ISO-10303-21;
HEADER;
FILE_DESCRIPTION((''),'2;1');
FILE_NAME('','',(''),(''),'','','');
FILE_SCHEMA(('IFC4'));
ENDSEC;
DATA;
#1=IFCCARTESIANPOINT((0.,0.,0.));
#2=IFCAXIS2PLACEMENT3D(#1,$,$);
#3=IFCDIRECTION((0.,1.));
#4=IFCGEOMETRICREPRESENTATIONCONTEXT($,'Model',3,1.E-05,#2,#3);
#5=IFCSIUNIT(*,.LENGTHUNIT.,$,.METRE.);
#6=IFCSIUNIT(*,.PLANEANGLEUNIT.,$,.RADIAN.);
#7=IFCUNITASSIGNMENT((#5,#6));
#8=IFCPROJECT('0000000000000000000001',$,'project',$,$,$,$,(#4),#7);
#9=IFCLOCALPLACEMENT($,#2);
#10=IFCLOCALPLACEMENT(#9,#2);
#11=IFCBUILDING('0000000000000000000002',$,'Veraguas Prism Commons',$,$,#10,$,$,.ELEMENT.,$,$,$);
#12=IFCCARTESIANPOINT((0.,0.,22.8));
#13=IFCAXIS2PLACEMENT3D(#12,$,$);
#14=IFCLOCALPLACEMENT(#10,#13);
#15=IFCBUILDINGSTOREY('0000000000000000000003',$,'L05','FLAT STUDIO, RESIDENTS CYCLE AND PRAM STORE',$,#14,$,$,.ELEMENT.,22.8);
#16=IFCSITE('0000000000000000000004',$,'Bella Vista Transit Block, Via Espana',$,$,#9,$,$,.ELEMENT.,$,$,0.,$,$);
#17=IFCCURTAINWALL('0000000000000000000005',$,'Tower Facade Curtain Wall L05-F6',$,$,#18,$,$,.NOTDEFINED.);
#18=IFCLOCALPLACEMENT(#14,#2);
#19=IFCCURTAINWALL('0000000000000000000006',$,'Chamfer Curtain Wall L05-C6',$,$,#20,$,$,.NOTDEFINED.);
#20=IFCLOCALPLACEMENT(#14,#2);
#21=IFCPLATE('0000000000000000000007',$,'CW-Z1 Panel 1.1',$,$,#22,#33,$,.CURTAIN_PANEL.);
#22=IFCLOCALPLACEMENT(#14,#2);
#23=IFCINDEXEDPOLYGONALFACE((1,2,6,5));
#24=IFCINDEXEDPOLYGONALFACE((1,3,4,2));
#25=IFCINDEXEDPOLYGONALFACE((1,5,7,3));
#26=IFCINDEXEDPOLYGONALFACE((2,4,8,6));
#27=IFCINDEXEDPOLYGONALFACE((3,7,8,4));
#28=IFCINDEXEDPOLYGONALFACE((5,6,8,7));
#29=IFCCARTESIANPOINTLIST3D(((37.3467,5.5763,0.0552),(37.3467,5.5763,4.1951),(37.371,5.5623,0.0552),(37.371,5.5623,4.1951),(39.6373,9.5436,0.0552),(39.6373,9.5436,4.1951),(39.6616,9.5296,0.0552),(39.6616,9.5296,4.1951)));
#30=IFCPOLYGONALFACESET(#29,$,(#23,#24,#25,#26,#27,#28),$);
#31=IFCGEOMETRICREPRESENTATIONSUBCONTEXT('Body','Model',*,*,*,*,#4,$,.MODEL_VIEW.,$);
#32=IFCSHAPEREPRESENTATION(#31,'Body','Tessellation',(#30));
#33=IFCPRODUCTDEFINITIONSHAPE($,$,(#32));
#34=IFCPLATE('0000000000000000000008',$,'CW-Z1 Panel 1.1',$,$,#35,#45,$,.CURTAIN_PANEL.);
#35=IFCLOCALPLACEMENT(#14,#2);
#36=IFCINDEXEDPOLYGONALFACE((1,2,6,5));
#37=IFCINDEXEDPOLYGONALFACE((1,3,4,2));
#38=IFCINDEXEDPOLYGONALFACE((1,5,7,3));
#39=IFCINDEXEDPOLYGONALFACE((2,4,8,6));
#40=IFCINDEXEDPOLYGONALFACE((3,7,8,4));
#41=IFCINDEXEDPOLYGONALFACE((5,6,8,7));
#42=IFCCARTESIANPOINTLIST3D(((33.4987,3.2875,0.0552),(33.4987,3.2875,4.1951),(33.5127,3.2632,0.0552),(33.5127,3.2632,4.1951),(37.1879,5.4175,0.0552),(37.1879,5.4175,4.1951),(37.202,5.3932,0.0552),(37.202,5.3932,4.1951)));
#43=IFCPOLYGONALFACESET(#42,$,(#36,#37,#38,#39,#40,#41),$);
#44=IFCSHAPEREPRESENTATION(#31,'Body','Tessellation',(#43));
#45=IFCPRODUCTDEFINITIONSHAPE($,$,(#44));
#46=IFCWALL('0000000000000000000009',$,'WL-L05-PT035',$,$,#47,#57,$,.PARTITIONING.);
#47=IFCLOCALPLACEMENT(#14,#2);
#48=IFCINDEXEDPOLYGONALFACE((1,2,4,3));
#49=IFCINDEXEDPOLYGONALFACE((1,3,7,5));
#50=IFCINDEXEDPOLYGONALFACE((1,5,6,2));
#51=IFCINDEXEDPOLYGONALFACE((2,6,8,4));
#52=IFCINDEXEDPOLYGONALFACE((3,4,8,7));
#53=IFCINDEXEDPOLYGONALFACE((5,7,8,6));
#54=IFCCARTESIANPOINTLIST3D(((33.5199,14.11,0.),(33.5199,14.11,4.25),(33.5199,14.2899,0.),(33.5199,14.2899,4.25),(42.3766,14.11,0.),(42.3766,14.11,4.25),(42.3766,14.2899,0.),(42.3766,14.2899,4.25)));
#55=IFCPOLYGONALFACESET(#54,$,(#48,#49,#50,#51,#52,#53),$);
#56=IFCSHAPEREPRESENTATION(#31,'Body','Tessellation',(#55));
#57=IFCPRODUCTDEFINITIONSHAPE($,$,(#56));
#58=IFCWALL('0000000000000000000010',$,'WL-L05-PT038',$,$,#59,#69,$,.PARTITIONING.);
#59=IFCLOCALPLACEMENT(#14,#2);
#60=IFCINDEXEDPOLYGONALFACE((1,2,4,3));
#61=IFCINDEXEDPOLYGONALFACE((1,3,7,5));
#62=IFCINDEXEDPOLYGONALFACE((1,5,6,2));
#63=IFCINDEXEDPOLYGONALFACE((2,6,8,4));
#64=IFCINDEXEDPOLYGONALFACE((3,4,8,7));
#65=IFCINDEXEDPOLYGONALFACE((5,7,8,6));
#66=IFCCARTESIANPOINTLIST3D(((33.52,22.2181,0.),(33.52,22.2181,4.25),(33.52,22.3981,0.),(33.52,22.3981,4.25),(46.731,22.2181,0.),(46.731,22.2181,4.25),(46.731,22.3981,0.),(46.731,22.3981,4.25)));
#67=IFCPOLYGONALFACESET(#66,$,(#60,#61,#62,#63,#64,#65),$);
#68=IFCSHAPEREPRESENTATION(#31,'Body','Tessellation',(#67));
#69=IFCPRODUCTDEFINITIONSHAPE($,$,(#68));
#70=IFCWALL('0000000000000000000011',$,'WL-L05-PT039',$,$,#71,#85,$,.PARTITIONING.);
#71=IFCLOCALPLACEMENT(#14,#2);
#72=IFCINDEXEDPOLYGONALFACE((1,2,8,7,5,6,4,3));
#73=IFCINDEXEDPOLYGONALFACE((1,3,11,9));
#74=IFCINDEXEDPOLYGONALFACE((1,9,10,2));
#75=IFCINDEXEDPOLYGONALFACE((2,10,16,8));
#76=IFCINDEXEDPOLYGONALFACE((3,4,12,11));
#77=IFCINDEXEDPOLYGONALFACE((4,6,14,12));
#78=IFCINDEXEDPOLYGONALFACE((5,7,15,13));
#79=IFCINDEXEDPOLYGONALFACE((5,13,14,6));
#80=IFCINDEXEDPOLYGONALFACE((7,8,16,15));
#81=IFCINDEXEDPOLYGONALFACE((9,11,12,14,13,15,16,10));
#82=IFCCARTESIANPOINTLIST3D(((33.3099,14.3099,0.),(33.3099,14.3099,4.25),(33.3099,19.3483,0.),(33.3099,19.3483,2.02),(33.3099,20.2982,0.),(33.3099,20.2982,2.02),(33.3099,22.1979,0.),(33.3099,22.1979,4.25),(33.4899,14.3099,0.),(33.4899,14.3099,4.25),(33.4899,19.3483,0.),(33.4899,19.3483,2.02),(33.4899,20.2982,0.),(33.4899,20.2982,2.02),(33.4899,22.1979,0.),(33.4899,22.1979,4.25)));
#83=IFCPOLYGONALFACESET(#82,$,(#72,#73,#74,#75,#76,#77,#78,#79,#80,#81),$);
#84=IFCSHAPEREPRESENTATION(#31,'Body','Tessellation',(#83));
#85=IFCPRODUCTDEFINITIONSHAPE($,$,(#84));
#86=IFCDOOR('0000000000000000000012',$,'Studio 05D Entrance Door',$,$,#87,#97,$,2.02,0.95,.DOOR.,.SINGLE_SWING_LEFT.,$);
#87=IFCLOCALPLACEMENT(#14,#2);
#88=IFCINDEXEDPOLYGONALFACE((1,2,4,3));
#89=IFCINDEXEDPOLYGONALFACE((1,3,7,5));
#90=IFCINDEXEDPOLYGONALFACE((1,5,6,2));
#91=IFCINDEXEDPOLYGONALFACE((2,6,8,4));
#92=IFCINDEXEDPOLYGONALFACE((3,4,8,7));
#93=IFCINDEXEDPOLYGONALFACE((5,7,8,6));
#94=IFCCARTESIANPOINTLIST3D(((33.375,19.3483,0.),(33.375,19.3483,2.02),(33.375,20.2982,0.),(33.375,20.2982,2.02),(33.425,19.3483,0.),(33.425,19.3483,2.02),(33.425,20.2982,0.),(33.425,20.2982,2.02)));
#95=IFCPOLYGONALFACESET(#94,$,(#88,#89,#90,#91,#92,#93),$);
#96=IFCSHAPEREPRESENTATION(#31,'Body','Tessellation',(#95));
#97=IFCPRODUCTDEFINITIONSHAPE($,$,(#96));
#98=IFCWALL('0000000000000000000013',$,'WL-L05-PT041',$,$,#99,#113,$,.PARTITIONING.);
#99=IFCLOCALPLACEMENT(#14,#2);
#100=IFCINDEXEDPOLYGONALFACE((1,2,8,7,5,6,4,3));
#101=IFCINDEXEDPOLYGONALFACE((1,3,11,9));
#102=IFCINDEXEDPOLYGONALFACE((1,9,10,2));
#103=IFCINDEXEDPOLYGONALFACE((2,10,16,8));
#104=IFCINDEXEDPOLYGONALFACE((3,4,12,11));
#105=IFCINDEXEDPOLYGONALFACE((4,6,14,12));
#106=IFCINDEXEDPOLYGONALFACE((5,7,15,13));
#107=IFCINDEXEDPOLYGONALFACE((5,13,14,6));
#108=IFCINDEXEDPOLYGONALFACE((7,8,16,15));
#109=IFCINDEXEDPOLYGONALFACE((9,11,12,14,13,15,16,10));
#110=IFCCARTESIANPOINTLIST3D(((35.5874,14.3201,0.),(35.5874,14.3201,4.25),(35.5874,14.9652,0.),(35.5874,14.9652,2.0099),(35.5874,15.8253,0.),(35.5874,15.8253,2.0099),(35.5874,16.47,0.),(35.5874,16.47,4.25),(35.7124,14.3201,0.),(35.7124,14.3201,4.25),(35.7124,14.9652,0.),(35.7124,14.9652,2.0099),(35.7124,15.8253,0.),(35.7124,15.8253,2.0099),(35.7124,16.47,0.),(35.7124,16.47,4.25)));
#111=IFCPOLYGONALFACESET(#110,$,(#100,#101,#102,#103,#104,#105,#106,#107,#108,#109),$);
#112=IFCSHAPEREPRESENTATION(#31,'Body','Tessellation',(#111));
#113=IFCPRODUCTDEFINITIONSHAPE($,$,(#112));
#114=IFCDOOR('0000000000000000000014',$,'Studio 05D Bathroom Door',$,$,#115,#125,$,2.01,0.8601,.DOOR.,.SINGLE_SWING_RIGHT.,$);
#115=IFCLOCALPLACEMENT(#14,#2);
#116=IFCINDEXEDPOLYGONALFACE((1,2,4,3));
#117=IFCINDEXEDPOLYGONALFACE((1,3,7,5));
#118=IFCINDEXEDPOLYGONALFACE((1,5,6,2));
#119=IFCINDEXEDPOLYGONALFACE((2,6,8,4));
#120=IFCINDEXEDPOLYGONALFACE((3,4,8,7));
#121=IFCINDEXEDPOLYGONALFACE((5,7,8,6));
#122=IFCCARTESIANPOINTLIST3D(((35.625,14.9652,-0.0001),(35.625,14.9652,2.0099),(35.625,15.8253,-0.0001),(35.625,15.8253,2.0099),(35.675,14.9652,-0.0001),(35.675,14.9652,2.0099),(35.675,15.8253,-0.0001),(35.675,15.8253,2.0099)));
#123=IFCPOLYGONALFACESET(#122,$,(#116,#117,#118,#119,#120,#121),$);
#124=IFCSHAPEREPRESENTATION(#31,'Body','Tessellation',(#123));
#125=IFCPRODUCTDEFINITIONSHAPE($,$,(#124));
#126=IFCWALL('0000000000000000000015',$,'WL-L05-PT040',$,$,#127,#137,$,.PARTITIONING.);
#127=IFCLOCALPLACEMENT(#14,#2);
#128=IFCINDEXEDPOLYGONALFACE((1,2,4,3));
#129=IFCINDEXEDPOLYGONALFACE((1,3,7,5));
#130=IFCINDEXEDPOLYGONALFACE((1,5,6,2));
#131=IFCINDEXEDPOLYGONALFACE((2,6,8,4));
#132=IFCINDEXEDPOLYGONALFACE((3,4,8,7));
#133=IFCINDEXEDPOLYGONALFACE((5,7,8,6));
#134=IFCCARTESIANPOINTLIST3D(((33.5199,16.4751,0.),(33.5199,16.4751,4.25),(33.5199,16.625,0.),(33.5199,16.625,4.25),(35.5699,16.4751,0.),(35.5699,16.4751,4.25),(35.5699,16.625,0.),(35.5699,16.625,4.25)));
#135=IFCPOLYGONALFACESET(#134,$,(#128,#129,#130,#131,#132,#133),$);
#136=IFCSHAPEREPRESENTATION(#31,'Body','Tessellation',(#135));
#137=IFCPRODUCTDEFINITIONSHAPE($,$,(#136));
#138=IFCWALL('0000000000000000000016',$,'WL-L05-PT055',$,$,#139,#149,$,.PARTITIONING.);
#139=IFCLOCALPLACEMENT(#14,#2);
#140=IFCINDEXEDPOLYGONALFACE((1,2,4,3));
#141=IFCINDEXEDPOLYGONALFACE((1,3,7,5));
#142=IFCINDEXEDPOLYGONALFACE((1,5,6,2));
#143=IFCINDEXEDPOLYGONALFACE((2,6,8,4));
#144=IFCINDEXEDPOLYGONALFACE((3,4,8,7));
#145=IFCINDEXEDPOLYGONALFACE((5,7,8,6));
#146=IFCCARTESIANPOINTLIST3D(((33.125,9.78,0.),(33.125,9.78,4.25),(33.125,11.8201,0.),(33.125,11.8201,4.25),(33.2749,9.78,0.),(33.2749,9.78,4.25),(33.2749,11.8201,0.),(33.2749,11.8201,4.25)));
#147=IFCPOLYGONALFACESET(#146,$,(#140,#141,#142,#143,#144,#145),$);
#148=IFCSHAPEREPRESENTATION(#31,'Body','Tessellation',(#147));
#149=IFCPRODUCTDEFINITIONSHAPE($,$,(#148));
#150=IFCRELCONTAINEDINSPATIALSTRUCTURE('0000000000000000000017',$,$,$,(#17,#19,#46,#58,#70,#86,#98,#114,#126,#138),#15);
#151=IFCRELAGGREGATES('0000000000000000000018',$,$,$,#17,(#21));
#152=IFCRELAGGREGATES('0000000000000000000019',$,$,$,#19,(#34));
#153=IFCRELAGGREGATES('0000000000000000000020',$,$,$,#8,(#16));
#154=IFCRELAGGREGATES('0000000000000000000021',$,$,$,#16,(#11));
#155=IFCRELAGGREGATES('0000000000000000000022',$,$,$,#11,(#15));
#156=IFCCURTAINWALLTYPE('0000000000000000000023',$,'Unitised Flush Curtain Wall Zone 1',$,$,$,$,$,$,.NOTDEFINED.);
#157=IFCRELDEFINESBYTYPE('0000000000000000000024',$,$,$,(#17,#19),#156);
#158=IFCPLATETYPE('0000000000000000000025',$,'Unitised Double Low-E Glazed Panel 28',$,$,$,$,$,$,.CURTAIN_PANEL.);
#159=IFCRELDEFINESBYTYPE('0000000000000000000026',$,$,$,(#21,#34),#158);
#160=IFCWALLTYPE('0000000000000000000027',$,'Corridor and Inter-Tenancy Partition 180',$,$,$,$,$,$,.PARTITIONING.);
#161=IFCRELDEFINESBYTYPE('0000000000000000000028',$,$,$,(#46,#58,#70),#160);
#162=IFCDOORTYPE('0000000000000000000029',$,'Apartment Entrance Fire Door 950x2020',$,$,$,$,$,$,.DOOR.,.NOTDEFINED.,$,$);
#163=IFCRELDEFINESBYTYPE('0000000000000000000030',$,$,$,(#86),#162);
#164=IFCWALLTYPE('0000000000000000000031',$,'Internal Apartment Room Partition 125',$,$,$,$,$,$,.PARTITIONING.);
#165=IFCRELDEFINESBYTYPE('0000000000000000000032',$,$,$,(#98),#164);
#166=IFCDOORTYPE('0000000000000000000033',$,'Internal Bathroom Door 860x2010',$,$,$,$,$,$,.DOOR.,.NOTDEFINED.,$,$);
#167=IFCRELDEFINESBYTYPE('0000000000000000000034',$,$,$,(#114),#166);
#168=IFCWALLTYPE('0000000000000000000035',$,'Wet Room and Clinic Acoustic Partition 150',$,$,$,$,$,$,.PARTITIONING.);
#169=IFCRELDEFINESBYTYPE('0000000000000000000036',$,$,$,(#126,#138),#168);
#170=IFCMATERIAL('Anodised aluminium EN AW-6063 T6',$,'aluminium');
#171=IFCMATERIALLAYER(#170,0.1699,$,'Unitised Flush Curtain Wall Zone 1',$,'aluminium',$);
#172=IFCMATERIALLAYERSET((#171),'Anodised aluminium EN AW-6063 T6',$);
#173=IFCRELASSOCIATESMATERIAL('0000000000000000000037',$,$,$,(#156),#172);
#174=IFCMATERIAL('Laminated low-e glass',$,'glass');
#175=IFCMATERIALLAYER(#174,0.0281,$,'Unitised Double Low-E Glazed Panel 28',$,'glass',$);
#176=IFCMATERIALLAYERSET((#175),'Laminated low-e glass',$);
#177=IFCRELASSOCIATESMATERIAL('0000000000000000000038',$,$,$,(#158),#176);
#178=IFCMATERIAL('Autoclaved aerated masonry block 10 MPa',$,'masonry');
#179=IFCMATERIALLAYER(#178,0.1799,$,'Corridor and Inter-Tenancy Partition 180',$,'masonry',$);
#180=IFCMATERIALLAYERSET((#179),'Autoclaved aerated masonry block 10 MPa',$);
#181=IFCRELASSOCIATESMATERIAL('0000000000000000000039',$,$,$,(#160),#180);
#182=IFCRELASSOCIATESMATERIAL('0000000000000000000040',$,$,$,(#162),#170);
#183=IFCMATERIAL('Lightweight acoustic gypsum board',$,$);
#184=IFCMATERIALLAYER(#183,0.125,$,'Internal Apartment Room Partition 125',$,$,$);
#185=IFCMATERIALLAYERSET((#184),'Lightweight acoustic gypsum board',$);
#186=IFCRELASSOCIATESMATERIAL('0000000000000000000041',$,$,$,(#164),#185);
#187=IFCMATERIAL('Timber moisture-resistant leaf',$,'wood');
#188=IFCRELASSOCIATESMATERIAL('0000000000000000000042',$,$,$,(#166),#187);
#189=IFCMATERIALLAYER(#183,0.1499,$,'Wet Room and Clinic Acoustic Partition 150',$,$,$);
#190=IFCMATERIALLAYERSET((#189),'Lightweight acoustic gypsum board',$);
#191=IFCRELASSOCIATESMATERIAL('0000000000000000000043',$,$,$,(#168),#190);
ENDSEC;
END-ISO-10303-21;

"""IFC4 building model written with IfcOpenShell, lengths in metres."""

from ifc_helpers import new_model, si_unit, direction, frame, frame_2d, origin, origin_2d, place, context, subcontext, project, spatial, rectangle, extrude, source, transform, mapped, material, layer, layer_set, type_object, element, fill, aggregate, save


model = new_model("IFC4")

# Units and contexts
model_context = context("Model", 3, precision=1e-05, world=origin(), true_north=direction((0.0, 1.0)))
body_context = subcontext(model_context, "Body", "Model", "MODEL_VIEW")
ifc_project = project(units=[si_unit("LENGTHUNIT", "METRE"), si_unit("PLANEANGLEUNIT", "RADIAN")], contexts=[model_context])

# Site, building, storey
site_placement = place(None, origin())
site = spatial("IfcSite", under=ifc_project, at=site_placement, Name="Bella Vista Transit Block, Via Espana", CompositionType="ELEMENT", RefElevation=0.0)
building_placement = place(site_placement, origin())
building = spatial("IfcBuilding", under=site, at=building_placement, Name="Veraguas Prism Commons", CompositionType="ELEMENT")
storey_placement = place(building_placement, frame((0.0, 0.0, 22.8)))
storey = spatial("IfcBuildingStorey", under=building, at=storey_placement, Name="L05", Description="FLAT STUDIO, RESIDENTS CYCLE AND PRAM STORE", CompositionType="ELEMENT", Elevation=22.8)

# Curtain wall
ifc_material_1 = material(Name="Anodised aluminium EN AW-6063 T6", Category="aluminium")
ifc_layer_1 = layer(ifc_material_1, 0.1699, Name="Unitised Flush Curtain Wall Zone 1", Category="aluminium")
ifc_layer_set_1 = layer_set([ifc_layer_1], Name="Anodised aluminium EN AW-6063 T6")
curtain_wall_type = type_object("IfcCurtainWallType", Name="Unitised Flush Curtain Wall Zone 1", PredefinedType="NOTDEFINED", material=ifc_layer_set_1)
curtain_wall_1_placement = place(storey_placement, origin())
curtain_wall_1 = element("IfcCurtainWall", 1, at=curtain_wall_1_placement, inside=storey, type_object=curtain_wall_type, Name="Tower Facade Curtain Wall L05-F6", PredefinedType="NOTDEFINED")

# Curtain wall
curtain_wall_2_placement = place(storey_placement, origin())
curtain_wall_2 = element("IfcCurtainWall", 2, at=curtain_wall_2_placement, inside=storey, type_object=curtain_wall_type, Name="Chamfer Curtain Wall L05-C6", PredefinedType="NOTDEFINED")

# Plates
ifc_material_2 = material(Name="Laminated low-e glass", Category="glass")
ifc_layer_2 = layer(ifc_material_2, 0.0281, Name="Unitised Double Low-E Glazed Panel 28", Category="glass")
ifc_layer_set_2 = layer_set([ifc_layer_2], Name="Laminated low-e glass")
plate_type = type_object("IfcPlateType", Name="Unitised Double Low-E Glazed Panel 28", PredefinedType="CURTAIN_PANEL", material=ifc_layer_set_2)
shared_shape_1 = source(origin(), body_context, "Body", "SweptSolid", [
    extrude(rectangle(XDim=4.5811, YDim=0.0281, at=origin_2d()), origin(), (0.0, 0.0, 1.0), 4.1399),
])
plate_1_placement = place(storey_placement, frame((38.5042, 7.553, 0.0552), z_axis=(0.0, 0.0, 1.0), x_axis=(0.500005, 0.866023, 0.0)))
plate_1 = element("IfcPlate", 3, at=plate_1_placement, type_object=plate_type, Name="CW-Z1 Panel 1.1", PredefinedType="CURTAIN_PANEL", context=body_context, shape_type="MappedRepresentation", body=[
    mapped(shared_shape_1, transform((0.0, 0.0, 0.0), scale=1.0)),
])
aggregate(curtain_wall_1, [plate_1])
shared_shape_2 = source(origin(), body_context, "Body", "SweptSolid", [
    extrude(rectangle(XDim=4.26, YDim=0.0281, at=origin_2d()), origin(), (0.0, 0.0, 1.0), 4.1399),
])
plate_2_placement = place(storey_placement, frame((35.3503, 4.3403, 0.0552), z_axis=(0.0, 0.0, 1.0), x_axis=(0.86602, 0.500009, 0.0)))
plate_2 = element("IfcPlate", 4, at=plate_2_placement, type_object=plate_type, Name="CW-Z1 Panel 1.1", PredefinedType="CURTAIN_PANEL", context=body_context, shape_type="MappedRepresentation", body=[
    mapped(shared_shape_2, transform((0.0, 0.0, 0.0), scale=1.0)),
])
aggregate(curtain_wall_2, [plate_2])

# Walls
ifc_material_3 = material(Name="Autoclaved aerated masonry block 10 MPa", Category="masonry")
ifc_layer_3 = layer(ifc_material_3, 0.1799, Name="Corridor and Inter-Tenancy Partition 180", Category="masonry")
ifc_layer_set_3 = layer_set([ifc_layer_3], Name="Autoclaved aerated masonry block 10 MPa")
wall_type_1 = type_object("IfcWallType", Name="Corridor and Inter-Tenancy Partition 180", PredefinedType="PARTITIONING", material=ifc_layer_set_3)
wall_1_placement = place(storey_placement, frame((33.52, 14.2, 0.0), z_axis=(0.0, 0.0, 1.0), x_axis=(1.0, 0.0, 0.0)))
element("IfcWall", 5, at=wall_1_placement, inside=storey, type_object=wall_type_1, Name="WL-L05-PT035", PredefinedType="PARTITIONING", context=body_context, shape_type="SweptSolid", body=[
    extrude(rectangle(XDim=8.8567, YDim=0.1799, at=frame_2d((4.4282, 0.0))), origin(), (0.0, 0.0, 1.0), 4.25),
])
wall_2_placement = place(storey_placement, frame((33.52, 22.3081, 0.0), z_axis=(0.0, 0.0, 1.0), x_axis=(1.0, 0.0, 0.0)))
element("IfcWall", 6, at=wall_2_placement, inside=storey, type_object=wall_type_1, Name="WL-L05-PT038", PredefinedType="PARTITIONING", context=body_context, shape_type="SweptSolid", body=[
    extrude(rectangle(XDim=13.2109, YDim=0.1799, at=frame_2d((6.6055, 0.0))), origin(), (0.0, 0.0, 1.0), 4.25),
])

# Walls, openings, doors
wall_3_placement = place(storey_placement, frame((33.3999, 14.3101, 0.0), z_axis=(0.0, 0.0, 1.0), x_axis=(0.0, 1.0, 0.0)))
wall_3 = element("IfcWall", 7, at=wall_3_placement, inside=storey, type_object=wall_type_1, Name="WL-L05-PT039", PredefinedType="PARTITIONING", context=body_context, shape_type="SweptSolid", body=[
    extrude(rectangle(XDim=7.8879, YDim=0.1799, at=frame_2d((3.9438, 0.0))), origin(), (0.0, 0.0, 1.0), 4.25),
])
opening_1_placement = place(wall_3_placement, frame((5.0381, 0.0, 0.0)))
opening_1 = element("IfcOpeningElement", 8, at=opening_1_placement, cuts=wall_3, PredefinedType="OPENING", context=body_context, shape_type="SweptSolid", body=[
    extrude(rectangle(XDim=0.95, YDim=2.02, at=frame_2d((0.4751, 1.01))), frame((0.0, 0.0999, 0.0), z_axis=(0.0, -1.0, 0.0), x_axis=(1.0, 0.0, 0.0)), (0.0, 0.0, 1.0), 0.2),
])
door_type_1 = type_object("IfcDoorType", Name="Apartment Entrance Fire Door 950x2020", OperationType="NOTDEFINED", PredefinedType="DOOR", material=ifc_material_1)
shared_shape_3 = source(origin(), body_context, "Body", "SweptSolid", [
    extrude(rectangle(XDim=0.95, YDim=2.02, at=frame_2d((0.4751, 1.01))), frame((0.0, 0.0249, 0.0), z_axis=(0.0, -1.0, 0.0), x_axis=(1.0, 0.0, 0.0)), (0.0, 0.0, 1.0), 0.05),
])
door_1_placement = place(opening_1_placement, origin())
door_1 = element("IfcDoor", 9, at=door_1_placement, inside=storey, type_object=door_type_1, Name="Studio 05D Entrance Door", OperationType="SINGLE_SWING_LEFT", OverallHeight=2.02, OverallWidth=0.95, PredefinedType="DOOR", context=body_context, shape_type="MappedRepresentation", body=[
    mapped(shared_shape_3, transform((0.0, 0.0, 0.0), scale=1.0)),
])
fill(opening_1, door_1)
ifc_material_4 = material(Name="Lightweight acoustic gypsum board")
ifc_layer_4 = layer(ifc_material_4, 0.125, Name="Internal Apartment Room Partition 125")
ifc_layer_set_4 = layer_set([ifc_layer_4], Name="Lightweight acoustic gypsum board")
wall_type_2 = type_object("IfcWallType", Name="Internal Apartment Room Partition 125", PredefinedType="PARTITIONING", material=ifc_layer_set_4)
wall_4_placement = place(storey_placement, frame((35.6499, 14.3201, 0.0), z_axis=(0.0, 0.0, 1.0), x_axis=(0.0, 1.0, 0.0)))
wall_4 = element("IfcWall", 10, at=wall_4_placement, inside=storey, type_object=wall_type_2, Name="WL-L05-PT041", PredefinedType="PARTITIONING", context=body_context, shape_type="SweptSolid", body=[
    extrude(rectangle(XDim=2.1499, YDim=0.125, at=frame_2d((1.075, 0.0))), origin(), (0.0, 0.0, 1.0), 4.25),
])
opening_2_placement = place(wall_4_placement, frame((0.645, 0.0, 0.0)))
opening_2 = element("IfcOpeningElement", 11, at=opening_2_placement, cuts=wall_4, PredefinedType="OPENING", context=body_context, shape_type="SweptSolid", body=[
    extrude(rectangle(XDim=0.8601, YDim=2.01, at=frame_2d((0.4302, 1.0049))), frame((0.0, 0.0725, 0.0), z_axis=(0.0, -1.0, 0.0), x_axis=(1.0, 0.0, 0.0)), (0.0, 0.0, 1.0), 0.145),
])
ifc_material_5 = material(Name="Timber moisture-resistant leaf", Category="wood")
door_type_2 = type_object("IfcDoorType", Name="Internal Bathroom Door 860x2010", OperationType="NOTDEFINED", PredefinedType="DOOR", material=ifc_material_5)
shared_shape_4 = source(origin(), body_context, "Body", "SweptSolid", [
    extrude(rectangle(XDim=0.8601, YDim=2.01, at=frame_2d((0.4302, 1.0049))), frame((0.0, 0.0249, 0.0), z_axis=(0.0, -1.0, 0.0), x_axis=(1.0, 0.0, 0.0)), (0.0, 0.0, 1.0), 0.05),
])
door_2_placement = place(opening_2_placement, origin())
door_2 = element("IfcDoor", 12, at=door_2_placement, inside=storey, type_object=door_type_2, Name="Studio 05D Bathroom Door", OperationType="SINGLE_SWING_RIGHT", OverallHeight=2.01, OverallWidth=0.8601, PredefinedType="DOOR", context=body_context, shape_type="MappedRepresentation", body=[
    mapped(shared_shape_4, transform((0.0, 0.0, 0.0), scale=1.0)),
])
fill(opening_2, door_2)

# Walls
ifc_layer_5 = layer(ifc_material_4, 0.1499, Name="Wet Room and Clinic Acoustic Partition 150")
ifc_layer_set_5 = layer_set([ifc_layer_5], Name="Lightweight acoustic gypsum board")
wall_type_3 = type_object("IfcWallType", Name="Wet Room and Clinic Acoustic Partition 150", PredefinedType="PARTITIONING", material=ifc_layer_set_5)
wall_5_placement = place(storey_placement, frame((33.52, 16.55, 0.0), z_axis=(0.0, 0.0, 1.0), x_axis=(1.0, 0.0, 0.0)))
element("IfcWall", 13, at=wall_5_placement, inside=storey, type_object=wall_type_3, Name="WL-L05-PT040", PredefinedType="PARTITIONING", context=body_context, shape_type="SweptSolid", body=[
    extrude(rectangle(XDim=2.05, YDim=0.1499, at=frame_2d((1.0249, 0.0))), origin(), (0.0, 0.0, 1.0), 4.25),
])
wall_6_placement = place(storey_placement, frame((33.2, 9.78, 0.0), z_axis=(0.0, 0.0, 1.0), x_axis=(0.0, 1.0, 0.0)))
element("IfcWall", 14, at=wall_6_placement, inside=storey, type_object=wall_type_3, Name="WL-L05-PT055", PredefinedType="PARTITIONING", context=body_context, shape_type="SweptSolid", body=[
    extrude(rectangle(XDim=2.04, YDim=0.1499, at=frame_2d((1.02, 0.0))), origin(), (0.0, 0.0, 1.0), 4.25),
])

save(model, "model.ifc")
